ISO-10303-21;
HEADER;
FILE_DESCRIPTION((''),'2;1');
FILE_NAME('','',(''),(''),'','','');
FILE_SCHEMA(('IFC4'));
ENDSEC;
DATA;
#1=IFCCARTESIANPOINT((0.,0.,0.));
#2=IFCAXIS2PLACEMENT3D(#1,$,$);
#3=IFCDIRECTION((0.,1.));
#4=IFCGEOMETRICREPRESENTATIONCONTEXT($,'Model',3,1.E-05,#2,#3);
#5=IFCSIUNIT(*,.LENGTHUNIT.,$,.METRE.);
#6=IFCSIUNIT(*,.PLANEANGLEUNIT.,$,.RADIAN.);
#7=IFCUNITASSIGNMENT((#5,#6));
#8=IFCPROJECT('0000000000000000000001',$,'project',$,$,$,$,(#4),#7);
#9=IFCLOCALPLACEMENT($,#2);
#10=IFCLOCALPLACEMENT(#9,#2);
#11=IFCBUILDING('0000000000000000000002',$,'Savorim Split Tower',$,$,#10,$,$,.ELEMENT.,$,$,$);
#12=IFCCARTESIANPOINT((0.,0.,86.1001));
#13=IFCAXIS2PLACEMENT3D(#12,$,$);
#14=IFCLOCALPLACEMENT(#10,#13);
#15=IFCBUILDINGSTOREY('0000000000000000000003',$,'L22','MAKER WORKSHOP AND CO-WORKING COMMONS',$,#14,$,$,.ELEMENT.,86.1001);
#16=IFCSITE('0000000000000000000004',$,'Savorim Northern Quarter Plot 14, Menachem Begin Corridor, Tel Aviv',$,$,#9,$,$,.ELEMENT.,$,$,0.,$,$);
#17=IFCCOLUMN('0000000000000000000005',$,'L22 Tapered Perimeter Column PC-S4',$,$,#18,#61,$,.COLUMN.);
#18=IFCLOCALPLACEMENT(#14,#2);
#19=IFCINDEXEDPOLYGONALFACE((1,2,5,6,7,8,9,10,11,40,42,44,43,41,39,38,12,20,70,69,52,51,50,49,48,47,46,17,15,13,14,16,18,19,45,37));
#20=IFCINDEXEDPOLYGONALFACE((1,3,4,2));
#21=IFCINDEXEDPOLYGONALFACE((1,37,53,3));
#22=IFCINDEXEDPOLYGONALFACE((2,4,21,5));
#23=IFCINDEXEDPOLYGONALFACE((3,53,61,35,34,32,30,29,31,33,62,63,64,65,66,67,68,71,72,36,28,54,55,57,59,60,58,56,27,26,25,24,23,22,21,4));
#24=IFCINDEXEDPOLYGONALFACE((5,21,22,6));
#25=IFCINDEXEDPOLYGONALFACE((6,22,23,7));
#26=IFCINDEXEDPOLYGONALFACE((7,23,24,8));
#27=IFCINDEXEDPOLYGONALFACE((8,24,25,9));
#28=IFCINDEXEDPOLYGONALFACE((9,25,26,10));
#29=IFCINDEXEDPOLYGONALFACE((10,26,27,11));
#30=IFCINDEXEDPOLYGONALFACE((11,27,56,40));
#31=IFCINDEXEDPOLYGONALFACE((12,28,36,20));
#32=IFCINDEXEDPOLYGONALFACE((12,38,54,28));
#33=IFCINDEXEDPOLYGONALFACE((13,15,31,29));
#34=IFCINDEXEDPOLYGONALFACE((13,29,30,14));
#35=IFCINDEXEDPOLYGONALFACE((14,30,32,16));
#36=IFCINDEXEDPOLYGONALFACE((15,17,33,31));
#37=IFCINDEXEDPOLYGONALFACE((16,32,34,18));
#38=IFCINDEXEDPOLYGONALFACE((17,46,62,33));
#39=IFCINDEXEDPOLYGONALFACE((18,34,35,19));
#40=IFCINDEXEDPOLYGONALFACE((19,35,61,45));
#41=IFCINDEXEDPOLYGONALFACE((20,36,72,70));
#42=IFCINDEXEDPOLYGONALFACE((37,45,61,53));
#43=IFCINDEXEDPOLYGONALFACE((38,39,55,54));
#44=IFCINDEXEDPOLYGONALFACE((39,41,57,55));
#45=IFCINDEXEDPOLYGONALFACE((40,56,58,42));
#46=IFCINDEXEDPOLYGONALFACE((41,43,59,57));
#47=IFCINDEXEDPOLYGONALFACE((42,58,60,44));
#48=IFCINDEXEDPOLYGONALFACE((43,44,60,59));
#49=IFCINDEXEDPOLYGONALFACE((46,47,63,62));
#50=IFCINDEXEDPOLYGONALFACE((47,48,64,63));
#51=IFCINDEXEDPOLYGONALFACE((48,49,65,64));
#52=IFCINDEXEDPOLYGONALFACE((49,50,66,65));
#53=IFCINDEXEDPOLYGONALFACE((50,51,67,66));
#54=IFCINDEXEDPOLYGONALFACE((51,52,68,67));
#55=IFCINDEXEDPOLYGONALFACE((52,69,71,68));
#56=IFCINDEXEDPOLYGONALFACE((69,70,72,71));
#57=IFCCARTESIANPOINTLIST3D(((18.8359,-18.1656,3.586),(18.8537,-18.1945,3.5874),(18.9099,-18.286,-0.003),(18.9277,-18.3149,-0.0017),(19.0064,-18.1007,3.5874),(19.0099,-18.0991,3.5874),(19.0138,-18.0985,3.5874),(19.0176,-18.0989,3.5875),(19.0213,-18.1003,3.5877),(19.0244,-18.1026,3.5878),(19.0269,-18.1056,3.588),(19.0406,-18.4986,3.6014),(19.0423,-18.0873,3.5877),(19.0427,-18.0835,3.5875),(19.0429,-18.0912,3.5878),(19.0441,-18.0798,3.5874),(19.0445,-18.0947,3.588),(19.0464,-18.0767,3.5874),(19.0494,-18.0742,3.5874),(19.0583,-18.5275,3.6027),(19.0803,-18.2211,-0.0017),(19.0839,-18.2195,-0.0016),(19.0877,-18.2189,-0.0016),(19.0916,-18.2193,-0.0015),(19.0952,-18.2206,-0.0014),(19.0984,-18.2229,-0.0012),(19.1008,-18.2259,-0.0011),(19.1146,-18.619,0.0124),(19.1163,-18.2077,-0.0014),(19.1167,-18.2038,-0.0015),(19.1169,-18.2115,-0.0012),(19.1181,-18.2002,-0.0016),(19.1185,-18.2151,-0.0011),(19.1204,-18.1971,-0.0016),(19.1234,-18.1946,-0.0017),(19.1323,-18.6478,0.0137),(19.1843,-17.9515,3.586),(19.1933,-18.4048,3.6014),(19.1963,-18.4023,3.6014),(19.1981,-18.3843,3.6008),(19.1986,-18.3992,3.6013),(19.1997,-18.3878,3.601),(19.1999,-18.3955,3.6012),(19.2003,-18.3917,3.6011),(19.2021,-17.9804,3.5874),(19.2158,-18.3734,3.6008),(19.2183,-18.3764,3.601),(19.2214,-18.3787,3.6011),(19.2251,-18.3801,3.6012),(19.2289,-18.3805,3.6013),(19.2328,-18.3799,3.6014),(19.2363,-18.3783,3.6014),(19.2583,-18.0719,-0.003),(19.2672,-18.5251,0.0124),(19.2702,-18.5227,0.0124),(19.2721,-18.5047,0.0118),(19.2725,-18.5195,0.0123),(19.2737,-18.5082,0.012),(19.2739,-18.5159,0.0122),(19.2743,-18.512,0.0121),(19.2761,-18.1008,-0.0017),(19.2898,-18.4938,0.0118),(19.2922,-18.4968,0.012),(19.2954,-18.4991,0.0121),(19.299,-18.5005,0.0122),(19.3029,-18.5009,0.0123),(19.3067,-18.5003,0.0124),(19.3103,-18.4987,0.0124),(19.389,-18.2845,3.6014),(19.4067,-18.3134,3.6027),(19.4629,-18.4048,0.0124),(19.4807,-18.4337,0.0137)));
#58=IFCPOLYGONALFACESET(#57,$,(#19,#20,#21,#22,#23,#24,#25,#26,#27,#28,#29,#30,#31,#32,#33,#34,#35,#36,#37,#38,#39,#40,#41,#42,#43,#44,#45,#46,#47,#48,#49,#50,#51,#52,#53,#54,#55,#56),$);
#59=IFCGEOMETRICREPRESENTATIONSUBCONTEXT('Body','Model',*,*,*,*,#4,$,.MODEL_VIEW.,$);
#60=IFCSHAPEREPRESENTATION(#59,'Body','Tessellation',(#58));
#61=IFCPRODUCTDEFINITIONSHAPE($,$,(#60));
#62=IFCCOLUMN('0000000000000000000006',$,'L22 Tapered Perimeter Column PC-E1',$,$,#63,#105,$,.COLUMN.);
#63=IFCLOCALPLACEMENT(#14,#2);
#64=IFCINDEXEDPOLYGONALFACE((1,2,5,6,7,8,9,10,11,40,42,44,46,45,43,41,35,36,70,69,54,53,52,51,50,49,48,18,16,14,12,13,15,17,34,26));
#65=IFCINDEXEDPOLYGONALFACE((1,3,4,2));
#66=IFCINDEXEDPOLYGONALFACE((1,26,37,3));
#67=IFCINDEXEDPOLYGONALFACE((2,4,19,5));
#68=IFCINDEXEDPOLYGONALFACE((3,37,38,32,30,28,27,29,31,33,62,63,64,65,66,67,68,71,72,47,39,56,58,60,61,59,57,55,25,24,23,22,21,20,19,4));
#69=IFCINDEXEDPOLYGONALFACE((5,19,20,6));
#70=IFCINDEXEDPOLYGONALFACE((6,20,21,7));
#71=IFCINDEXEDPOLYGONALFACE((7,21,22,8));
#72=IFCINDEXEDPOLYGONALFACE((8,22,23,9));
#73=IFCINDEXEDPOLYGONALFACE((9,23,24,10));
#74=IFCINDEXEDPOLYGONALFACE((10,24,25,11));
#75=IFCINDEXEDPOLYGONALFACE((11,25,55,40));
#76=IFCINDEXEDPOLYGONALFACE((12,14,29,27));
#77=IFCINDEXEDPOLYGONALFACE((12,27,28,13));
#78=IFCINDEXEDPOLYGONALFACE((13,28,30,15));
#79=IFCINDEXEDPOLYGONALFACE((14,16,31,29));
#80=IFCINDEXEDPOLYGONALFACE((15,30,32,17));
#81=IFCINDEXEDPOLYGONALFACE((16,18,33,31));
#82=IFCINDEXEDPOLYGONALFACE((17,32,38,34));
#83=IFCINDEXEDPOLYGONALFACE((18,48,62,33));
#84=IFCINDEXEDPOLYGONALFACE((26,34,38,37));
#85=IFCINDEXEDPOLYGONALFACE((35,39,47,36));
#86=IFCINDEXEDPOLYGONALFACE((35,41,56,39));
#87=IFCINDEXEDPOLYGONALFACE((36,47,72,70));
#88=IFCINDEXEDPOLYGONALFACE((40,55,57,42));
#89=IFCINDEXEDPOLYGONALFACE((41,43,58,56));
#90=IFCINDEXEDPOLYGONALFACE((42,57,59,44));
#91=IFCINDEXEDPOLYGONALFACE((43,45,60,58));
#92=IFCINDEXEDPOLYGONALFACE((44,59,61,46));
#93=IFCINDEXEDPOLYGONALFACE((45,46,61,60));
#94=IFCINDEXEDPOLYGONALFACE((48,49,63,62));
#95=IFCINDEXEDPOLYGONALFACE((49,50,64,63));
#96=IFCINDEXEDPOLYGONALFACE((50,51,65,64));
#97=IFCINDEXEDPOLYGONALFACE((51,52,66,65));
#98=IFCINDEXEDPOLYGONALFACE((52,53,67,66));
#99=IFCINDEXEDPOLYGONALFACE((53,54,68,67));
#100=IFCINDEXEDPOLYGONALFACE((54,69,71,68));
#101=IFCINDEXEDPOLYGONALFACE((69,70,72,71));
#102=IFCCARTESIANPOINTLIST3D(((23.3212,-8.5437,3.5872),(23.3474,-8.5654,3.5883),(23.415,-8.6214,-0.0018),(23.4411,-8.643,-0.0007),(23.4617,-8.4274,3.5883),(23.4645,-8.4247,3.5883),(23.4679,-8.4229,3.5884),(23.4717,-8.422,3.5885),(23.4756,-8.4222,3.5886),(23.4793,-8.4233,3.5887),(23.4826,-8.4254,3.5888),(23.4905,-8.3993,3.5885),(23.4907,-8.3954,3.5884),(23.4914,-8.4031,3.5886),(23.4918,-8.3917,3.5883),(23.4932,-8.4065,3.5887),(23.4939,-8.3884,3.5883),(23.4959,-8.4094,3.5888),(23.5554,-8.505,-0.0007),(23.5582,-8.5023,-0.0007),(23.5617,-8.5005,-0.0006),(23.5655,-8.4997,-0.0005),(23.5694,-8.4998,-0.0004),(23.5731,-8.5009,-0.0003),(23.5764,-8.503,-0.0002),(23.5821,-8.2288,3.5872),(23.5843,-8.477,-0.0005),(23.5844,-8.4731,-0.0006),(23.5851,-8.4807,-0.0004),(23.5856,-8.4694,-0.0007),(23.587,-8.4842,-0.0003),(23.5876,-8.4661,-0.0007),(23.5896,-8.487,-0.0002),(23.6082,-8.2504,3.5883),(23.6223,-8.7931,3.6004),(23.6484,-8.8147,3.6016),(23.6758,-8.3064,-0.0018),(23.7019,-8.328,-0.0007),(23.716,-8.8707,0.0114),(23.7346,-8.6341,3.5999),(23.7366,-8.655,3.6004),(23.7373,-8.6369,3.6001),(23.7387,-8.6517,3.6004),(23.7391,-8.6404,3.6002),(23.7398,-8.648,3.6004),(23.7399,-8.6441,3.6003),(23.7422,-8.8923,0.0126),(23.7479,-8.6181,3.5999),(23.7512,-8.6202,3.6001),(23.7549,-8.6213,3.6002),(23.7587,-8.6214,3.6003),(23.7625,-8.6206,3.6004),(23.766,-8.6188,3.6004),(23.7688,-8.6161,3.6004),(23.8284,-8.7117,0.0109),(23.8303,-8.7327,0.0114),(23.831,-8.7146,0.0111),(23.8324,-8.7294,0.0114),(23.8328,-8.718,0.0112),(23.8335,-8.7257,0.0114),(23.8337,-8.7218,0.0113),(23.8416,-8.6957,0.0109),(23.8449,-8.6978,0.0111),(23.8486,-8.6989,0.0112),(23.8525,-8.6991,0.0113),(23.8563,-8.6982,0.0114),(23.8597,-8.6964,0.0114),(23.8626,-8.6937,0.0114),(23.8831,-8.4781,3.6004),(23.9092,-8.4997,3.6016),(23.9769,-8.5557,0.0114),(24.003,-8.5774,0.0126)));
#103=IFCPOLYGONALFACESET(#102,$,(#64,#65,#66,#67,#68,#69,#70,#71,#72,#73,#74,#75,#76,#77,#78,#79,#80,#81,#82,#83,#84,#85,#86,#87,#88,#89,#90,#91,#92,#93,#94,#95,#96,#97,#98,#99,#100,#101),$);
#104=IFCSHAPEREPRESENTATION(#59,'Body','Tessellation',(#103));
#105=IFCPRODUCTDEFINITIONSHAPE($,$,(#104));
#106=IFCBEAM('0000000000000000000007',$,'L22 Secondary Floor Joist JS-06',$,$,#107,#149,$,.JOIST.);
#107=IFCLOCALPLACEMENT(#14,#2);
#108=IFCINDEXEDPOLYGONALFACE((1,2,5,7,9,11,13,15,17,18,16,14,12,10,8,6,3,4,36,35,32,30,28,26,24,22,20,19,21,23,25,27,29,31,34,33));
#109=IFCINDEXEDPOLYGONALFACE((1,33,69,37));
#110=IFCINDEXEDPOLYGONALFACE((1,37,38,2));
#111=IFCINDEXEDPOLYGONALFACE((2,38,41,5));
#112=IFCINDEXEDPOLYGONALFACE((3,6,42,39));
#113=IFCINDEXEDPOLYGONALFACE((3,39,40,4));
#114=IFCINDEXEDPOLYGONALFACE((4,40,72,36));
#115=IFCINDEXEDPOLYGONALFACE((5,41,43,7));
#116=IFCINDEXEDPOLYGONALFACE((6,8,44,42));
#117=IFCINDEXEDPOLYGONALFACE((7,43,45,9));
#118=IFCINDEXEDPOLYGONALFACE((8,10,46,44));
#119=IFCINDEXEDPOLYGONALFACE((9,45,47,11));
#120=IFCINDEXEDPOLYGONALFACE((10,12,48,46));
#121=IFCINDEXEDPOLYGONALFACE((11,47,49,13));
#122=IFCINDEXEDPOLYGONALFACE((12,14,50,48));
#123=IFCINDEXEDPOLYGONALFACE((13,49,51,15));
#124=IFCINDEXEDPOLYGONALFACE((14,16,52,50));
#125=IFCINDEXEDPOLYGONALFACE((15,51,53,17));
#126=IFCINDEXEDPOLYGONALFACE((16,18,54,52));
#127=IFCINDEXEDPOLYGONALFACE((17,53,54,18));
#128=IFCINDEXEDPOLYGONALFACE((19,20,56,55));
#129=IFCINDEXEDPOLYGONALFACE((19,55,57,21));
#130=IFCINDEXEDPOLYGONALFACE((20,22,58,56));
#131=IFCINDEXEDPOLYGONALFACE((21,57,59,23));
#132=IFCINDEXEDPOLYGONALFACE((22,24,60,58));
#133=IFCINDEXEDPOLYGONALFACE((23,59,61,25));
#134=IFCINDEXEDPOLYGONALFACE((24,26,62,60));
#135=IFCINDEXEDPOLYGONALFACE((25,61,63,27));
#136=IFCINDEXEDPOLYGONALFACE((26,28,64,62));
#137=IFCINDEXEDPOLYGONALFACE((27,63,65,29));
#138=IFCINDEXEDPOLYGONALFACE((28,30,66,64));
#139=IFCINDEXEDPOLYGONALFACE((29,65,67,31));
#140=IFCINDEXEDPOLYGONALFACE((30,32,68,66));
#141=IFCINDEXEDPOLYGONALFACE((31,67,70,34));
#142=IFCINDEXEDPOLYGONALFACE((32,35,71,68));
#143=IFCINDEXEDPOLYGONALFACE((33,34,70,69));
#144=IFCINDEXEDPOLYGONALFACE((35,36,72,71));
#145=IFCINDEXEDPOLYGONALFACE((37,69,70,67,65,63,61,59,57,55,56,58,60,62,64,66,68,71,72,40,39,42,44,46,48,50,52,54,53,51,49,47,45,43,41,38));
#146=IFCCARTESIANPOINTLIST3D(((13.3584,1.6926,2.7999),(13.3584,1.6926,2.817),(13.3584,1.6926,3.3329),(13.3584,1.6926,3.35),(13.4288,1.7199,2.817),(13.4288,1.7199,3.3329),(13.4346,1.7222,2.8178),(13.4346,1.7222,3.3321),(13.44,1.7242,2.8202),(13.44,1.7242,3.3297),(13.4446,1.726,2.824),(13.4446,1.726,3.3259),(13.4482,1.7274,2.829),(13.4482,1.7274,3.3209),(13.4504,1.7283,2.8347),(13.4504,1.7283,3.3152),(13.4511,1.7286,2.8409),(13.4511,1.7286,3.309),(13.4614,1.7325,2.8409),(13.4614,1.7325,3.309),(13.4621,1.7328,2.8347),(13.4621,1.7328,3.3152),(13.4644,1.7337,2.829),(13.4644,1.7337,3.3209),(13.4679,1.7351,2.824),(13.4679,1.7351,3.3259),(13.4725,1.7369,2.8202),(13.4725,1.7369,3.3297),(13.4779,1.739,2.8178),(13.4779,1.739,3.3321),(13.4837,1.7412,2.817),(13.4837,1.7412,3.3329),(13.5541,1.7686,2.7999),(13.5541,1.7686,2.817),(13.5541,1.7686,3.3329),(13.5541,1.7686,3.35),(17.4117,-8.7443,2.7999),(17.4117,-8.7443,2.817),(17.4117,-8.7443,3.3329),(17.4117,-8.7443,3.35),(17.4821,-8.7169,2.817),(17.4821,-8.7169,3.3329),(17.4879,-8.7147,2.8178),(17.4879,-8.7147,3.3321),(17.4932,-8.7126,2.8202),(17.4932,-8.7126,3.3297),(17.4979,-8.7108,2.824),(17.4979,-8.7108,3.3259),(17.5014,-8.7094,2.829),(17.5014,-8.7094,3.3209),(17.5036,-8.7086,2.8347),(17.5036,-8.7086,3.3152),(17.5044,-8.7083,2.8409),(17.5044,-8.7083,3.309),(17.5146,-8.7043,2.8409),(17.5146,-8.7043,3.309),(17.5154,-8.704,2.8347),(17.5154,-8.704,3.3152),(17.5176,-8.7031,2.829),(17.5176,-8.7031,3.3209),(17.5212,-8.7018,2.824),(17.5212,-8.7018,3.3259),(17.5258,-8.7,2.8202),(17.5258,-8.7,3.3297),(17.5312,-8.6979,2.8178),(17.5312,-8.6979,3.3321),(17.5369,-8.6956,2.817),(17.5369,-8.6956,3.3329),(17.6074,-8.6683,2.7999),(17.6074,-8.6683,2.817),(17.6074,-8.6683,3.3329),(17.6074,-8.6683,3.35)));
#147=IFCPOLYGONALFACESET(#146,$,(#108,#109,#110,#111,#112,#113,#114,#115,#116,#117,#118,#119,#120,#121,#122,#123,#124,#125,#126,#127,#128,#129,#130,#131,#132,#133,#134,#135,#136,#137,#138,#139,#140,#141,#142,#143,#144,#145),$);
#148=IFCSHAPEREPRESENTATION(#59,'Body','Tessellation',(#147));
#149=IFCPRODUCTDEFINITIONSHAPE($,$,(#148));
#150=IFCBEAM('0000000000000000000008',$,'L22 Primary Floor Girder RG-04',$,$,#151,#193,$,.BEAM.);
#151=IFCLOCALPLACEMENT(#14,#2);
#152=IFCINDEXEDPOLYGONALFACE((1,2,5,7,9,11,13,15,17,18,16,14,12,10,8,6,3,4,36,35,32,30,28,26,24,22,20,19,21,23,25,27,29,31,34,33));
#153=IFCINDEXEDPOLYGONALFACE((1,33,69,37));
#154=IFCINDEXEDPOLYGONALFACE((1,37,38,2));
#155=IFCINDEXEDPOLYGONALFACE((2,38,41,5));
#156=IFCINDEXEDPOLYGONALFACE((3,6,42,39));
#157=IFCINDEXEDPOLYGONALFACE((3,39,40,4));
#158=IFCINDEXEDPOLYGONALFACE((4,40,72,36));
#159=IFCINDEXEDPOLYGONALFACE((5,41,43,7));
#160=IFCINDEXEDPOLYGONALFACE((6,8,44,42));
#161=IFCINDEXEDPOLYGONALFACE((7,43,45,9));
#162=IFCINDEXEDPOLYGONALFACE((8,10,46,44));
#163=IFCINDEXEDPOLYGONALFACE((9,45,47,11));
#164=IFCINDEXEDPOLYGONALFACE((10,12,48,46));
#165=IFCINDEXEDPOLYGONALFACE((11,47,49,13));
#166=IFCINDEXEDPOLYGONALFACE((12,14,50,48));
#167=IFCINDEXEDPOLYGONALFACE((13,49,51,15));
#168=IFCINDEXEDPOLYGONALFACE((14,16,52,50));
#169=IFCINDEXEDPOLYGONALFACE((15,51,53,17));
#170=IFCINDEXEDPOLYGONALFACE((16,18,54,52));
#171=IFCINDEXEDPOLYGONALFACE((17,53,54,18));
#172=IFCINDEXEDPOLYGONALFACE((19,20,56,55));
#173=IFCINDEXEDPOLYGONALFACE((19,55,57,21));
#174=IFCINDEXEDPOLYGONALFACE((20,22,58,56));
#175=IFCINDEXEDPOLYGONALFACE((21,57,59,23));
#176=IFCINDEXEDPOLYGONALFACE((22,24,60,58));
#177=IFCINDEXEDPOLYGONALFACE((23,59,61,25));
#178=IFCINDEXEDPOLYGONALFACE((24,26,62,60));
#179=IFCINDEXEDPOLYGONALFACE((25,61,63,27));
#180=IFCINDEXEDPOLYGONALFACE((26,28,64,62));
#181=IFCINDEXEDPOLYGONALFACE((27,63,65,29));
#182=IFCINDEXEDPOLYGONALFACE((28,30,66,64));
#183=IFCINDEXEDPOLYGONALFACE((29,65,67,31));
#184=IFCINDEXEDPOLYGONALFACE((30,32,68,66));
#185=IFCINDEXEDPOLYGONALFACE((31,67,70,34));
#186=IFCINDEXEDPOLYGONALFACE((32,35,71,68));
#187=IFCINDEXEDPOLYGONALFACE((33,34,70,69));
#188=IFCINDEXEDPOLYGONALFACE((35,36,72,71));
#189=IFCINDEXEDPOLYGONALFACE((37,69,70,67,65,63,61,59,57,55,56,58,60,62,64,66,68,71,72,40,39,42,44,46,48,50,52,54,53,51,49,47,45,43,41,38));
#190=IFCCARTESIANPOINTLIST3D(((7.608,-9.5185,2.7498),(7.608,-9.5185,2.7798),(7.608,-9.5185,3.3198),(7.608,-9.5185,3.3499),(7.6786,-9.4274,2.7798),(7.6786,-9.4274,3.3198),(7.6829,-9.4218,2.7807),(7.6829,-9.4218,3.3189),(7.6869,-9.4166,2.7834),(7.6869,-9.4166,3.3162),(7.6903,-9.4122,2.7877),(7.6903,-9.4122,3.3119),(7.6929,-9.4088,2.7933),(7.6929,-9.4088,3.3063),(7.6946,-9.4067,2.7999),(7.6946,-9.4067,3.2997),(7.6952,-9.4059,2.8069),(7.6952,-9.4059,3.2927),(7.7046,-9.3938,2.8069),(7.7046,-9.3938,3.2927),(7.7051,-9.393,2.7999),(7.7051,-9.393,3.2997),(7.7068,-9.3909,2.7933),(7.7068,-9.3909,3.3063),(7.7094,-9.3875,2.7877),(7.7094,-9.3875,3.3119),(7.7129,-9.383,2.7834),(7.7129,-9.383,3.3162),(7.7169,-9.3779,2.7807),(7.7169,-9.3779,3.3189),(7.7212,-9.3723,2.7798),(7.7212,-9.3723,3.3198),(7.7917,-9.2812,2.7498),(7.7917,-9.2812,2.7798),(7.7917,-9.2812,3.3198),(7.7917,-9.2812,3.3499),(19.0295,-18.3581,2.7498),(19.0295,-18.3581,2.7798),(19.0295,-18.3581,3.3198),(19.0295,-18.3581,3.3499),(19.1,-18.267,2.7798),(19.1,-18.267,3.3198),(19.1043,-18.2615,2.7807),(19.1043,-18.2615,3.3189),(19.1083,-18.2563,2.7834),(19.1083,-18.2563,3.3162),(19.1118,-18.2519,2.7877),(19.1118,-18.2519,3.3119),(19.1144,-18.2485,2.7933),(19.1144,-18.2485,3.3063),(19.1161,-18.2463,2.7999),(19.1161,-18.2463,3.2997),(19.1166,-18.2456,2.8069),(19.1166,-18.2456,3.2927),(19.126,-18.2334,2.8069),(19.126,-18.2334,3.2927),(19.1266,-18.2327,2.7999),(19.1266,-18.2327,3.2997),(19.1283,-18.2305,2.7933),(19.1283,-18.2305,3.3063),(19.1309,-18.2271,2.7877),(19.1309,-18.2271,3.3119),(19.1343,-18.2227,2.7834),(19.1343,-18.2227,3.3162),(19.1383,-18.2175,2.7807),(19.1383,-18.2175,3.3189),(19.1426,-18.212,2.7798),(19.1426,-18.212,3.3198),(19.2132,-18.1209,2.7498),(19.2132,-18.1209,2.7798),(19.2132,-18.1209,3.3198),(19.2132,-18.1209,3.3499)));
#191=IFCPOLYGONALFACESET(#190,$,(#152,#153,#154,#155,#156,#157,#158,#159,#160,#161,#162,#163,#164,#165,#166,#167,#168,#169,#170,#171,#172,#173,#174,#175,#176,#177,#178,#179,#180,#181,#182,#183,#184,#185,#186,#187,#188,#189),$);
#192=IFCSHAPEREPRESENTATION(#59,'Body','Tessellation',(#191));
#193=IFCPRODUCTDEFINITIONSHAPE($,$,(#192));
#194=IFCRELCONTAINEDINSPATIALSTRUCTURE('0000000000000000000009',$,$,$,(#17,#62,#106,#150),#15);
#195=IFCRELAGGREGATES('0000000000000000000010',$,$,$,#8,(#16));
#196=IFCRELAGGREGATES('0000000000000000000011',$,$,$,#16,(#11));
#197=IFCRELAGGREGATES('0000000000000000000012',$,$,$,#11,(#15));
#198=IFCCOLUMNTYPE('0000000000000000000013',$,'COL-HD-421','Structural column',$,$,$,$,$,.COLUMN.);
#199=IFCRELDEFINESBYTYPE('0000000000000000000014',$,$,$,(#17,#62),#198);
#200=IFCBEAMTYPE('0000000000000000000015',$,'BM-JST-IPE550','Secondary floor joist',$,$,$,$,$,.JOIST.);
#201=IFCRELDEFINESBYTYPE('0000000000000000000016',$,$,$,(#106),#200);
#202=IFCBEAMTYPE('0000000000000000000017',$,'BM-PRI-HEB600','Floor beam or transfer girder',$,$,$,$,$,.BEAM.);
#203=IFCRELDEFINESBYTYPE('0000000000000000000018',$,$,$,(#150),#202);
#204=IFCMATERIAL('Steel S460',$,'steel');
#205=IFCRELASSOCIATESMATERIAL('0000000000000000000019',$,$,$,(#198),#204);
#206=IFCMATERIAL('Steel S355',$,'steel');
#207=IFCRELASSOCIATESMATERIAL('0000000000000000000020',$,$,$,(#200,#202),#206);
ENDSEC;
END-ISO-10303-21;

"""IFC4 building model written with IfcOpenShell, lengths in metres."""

from ifc_helpers import new_model, si_unit, direction, frame, origin, origin_2d, place, context, subcontext, project, spatial, i_section, extrude, material, material_profile, profile_set, type_object, element, save


model = new_model("IFC4")

# Units and contexts
model_context = context("Model", 3, precision=1e-05, world=origin(), true_north=direction((0.0, 1.0)))
body_context = subcontext(model_context, "Body", "Model", "MODEL_VIEW")
ifc_project = project(units=[si_unit("LENGTHUNIT", "METRE"), si_unit("PLANEANGLEUNIT", "RADIAN")], contexts=[model_context])

# Site, building, storey
site_placement = place(None, origin())
site = spatial("IfcSite", under=ifc_project, at=site_placement, Name="Savorim Northern Quarter Plot 14, Menachem Begin Corridor, Tel Aviv", CompositionType="ELEMENT", RefElevation=0.0)
building_placement = place(site_placement, origin())
building = spatial("IfcBuilding", under=site, at=building_placement, Name="Savorim Split Tower", CompositionType="ELEMENT")
storey_placement = place(building_placement, frame((0.0, 0.0, 86.1001)))
storey = spatial("IfcBuildingStorey", under=building, at=storey_placement, Name="L22", Description="MAKER WORKSHOP AND CO-WORKING COMMONS", CompositionType="ELEMENT", Elevation=86.1001)

# Columns
ifc_material_1 = material(Name="Steel S460", Category="steel")
ifc_material_profile_1 = material_profile(ifc_material_1, i_section(OverallWidth=0.4089, OverallDepth=0.425, WebThickness=0.0208, FlangeThickness=0.0339, FilletRadius=0.0149, at=origin_2d()), Name="HD 400x421")
ifc_profile_set_1 = profile_set([ifc_material_profile_1], Name="Steel S460")
column_type = type_object("IfcColumnType", Name="COL-HD-421", Description="Structural column", PredefinedType="COLUMN", material=ifc_profile_set_1)
column_1_placement = place(storey_placement, frame((19.1953, -18.3599, 0.0054), z_axis=(-0.020595, 0.033509, 0.999226), x_axis=(-0.851955, -0.523615, 0.0)))
element("IfcColumn", 1, at=column_1_placement, inside=storey, type_object=column_type, Name="L22 Tapered Perimeter Column PC-S4", PredefinedType="COLUMN", context=body_context, shape_type="SweptSolid", body=[
    extrude(i_section(OverallWidth=0.4089, OverallDepth=0.425, WebThickness=0.0208, FlangeThickness=0.0339, FilletRadius=0.0149, at=origin_2d()), origin(), (0.0, 0.0, 1.0), 3.5918),
])
column_2_placement = place(storey_placement, frame((23.709, -8.5994, 0.0054), z_axis=(-0.026106, 0.021619, 0.999425), x_axis=(-0.637814, -0.77019, 0.0)))
element("IfcColumn", 2, at=column_2_placement, inside=storey, type_object=column_type, Name="L22 Tapered Perimeter Column PC-E1", PredefinedType="COLUMN", context=body_context, shape_type="SweptSolid", body=[
    extrude(i_section(OverallWidth=0.4089, OverallDepth=0.425, WebThickness=0.0208, FlangeThickness=0.0339, FilletRadius=0.0149, at=origin_2d()), origin(), (0.0, 0.0, 1.0), 3.5911),
])

# Beams
ifc_material_2 = material(Name="Steel S355", Category="steel")
ifc_material_profile_2 = material_profile(ifc_material_2, i_section(OverallWidth=0.21, OverallDepth=0.55, WebThickness=0.011, FlangeThickness=0.0171, FilletRadius=0.0239, at=origin_2d()), Name="IPE 550")
ifc_profile_set_2 = profile_set([ifc_material_profile_2], Name="Steel S355")
beam_type_1 = type_object("IfcBeamType", Name="BM-JST-IPE550", Description="Secondary floor joist", PredefinedType="JOIST", material=ifc_profile_set_2)
beam_1_placement = place(storey_placement, frame((17.5095, -8.7063, 3.075), z_axis=(-0.362018, 0.932171, 0.0), x_axis=(-0.932171, -0.362018, 0.0)))
element("IfcBeam", 3, at=beam_1_placement, inside=storey, type_object=beam_type_1, Name="L22 Secondary Floor Joist JS-06", PredefinedType="JOIST", context=body_context, shape_type="SweptSolid", body=[
    extrude(i_section(OverallWidth=0.21, OverallDepth=0.55, WebThickness=0.011, FlangeThickness=0.0171, FilletRadius=0.0239, at=origin_2d()), origin(), (0.0, 0.0, 1.0), 11.1963),
])
ifc_material_profile_3 = material_profile(ifc_material_2, i_section(OverallWidth=0.3, OverallDepth=0.6001, WebThickness=0.0154, FlangeThickness=0.03, FilletRadius=0.0271, at=origin_2d()), Name="HEB 600")
ifc_profile_set_3 = profile_set([ifc_material_profile_3], Name="Steel S355")
beam_type_2 = type_object("IfcBeamType", Name="BM-PRI-HEB600", Description="Floor beam or transfer girder", PredefinedType="BEAM", material=ifc_profile_set_3)
beam_2_placement = place(storey_placement, frame((19.1213, -18.2395, 3.0498), z_axis=(-0.790816, 0.612054, 0.0), x_axis=(-0.612054, -0.790816, 0.0)))
element("IfcBeam", 4, at=beam_2_placement, inside=storey, type_object=beam_type_2, Name="L22 Primary Floor Girder RG-04", PredefinedType="BEAM", context=body_context, shape_type="SweptSolid", body=[
    extrude(i_section(OverallWidth=0.3, OverallDepth=0.6001, WebThickness=0.0154, FlangeThickness=0.03, FilletRadius=0.0271, at=origin_2d()), origin(), (0.0, 0.0, 1.0), 14.4426),
])

save(model, "model.ifc")
